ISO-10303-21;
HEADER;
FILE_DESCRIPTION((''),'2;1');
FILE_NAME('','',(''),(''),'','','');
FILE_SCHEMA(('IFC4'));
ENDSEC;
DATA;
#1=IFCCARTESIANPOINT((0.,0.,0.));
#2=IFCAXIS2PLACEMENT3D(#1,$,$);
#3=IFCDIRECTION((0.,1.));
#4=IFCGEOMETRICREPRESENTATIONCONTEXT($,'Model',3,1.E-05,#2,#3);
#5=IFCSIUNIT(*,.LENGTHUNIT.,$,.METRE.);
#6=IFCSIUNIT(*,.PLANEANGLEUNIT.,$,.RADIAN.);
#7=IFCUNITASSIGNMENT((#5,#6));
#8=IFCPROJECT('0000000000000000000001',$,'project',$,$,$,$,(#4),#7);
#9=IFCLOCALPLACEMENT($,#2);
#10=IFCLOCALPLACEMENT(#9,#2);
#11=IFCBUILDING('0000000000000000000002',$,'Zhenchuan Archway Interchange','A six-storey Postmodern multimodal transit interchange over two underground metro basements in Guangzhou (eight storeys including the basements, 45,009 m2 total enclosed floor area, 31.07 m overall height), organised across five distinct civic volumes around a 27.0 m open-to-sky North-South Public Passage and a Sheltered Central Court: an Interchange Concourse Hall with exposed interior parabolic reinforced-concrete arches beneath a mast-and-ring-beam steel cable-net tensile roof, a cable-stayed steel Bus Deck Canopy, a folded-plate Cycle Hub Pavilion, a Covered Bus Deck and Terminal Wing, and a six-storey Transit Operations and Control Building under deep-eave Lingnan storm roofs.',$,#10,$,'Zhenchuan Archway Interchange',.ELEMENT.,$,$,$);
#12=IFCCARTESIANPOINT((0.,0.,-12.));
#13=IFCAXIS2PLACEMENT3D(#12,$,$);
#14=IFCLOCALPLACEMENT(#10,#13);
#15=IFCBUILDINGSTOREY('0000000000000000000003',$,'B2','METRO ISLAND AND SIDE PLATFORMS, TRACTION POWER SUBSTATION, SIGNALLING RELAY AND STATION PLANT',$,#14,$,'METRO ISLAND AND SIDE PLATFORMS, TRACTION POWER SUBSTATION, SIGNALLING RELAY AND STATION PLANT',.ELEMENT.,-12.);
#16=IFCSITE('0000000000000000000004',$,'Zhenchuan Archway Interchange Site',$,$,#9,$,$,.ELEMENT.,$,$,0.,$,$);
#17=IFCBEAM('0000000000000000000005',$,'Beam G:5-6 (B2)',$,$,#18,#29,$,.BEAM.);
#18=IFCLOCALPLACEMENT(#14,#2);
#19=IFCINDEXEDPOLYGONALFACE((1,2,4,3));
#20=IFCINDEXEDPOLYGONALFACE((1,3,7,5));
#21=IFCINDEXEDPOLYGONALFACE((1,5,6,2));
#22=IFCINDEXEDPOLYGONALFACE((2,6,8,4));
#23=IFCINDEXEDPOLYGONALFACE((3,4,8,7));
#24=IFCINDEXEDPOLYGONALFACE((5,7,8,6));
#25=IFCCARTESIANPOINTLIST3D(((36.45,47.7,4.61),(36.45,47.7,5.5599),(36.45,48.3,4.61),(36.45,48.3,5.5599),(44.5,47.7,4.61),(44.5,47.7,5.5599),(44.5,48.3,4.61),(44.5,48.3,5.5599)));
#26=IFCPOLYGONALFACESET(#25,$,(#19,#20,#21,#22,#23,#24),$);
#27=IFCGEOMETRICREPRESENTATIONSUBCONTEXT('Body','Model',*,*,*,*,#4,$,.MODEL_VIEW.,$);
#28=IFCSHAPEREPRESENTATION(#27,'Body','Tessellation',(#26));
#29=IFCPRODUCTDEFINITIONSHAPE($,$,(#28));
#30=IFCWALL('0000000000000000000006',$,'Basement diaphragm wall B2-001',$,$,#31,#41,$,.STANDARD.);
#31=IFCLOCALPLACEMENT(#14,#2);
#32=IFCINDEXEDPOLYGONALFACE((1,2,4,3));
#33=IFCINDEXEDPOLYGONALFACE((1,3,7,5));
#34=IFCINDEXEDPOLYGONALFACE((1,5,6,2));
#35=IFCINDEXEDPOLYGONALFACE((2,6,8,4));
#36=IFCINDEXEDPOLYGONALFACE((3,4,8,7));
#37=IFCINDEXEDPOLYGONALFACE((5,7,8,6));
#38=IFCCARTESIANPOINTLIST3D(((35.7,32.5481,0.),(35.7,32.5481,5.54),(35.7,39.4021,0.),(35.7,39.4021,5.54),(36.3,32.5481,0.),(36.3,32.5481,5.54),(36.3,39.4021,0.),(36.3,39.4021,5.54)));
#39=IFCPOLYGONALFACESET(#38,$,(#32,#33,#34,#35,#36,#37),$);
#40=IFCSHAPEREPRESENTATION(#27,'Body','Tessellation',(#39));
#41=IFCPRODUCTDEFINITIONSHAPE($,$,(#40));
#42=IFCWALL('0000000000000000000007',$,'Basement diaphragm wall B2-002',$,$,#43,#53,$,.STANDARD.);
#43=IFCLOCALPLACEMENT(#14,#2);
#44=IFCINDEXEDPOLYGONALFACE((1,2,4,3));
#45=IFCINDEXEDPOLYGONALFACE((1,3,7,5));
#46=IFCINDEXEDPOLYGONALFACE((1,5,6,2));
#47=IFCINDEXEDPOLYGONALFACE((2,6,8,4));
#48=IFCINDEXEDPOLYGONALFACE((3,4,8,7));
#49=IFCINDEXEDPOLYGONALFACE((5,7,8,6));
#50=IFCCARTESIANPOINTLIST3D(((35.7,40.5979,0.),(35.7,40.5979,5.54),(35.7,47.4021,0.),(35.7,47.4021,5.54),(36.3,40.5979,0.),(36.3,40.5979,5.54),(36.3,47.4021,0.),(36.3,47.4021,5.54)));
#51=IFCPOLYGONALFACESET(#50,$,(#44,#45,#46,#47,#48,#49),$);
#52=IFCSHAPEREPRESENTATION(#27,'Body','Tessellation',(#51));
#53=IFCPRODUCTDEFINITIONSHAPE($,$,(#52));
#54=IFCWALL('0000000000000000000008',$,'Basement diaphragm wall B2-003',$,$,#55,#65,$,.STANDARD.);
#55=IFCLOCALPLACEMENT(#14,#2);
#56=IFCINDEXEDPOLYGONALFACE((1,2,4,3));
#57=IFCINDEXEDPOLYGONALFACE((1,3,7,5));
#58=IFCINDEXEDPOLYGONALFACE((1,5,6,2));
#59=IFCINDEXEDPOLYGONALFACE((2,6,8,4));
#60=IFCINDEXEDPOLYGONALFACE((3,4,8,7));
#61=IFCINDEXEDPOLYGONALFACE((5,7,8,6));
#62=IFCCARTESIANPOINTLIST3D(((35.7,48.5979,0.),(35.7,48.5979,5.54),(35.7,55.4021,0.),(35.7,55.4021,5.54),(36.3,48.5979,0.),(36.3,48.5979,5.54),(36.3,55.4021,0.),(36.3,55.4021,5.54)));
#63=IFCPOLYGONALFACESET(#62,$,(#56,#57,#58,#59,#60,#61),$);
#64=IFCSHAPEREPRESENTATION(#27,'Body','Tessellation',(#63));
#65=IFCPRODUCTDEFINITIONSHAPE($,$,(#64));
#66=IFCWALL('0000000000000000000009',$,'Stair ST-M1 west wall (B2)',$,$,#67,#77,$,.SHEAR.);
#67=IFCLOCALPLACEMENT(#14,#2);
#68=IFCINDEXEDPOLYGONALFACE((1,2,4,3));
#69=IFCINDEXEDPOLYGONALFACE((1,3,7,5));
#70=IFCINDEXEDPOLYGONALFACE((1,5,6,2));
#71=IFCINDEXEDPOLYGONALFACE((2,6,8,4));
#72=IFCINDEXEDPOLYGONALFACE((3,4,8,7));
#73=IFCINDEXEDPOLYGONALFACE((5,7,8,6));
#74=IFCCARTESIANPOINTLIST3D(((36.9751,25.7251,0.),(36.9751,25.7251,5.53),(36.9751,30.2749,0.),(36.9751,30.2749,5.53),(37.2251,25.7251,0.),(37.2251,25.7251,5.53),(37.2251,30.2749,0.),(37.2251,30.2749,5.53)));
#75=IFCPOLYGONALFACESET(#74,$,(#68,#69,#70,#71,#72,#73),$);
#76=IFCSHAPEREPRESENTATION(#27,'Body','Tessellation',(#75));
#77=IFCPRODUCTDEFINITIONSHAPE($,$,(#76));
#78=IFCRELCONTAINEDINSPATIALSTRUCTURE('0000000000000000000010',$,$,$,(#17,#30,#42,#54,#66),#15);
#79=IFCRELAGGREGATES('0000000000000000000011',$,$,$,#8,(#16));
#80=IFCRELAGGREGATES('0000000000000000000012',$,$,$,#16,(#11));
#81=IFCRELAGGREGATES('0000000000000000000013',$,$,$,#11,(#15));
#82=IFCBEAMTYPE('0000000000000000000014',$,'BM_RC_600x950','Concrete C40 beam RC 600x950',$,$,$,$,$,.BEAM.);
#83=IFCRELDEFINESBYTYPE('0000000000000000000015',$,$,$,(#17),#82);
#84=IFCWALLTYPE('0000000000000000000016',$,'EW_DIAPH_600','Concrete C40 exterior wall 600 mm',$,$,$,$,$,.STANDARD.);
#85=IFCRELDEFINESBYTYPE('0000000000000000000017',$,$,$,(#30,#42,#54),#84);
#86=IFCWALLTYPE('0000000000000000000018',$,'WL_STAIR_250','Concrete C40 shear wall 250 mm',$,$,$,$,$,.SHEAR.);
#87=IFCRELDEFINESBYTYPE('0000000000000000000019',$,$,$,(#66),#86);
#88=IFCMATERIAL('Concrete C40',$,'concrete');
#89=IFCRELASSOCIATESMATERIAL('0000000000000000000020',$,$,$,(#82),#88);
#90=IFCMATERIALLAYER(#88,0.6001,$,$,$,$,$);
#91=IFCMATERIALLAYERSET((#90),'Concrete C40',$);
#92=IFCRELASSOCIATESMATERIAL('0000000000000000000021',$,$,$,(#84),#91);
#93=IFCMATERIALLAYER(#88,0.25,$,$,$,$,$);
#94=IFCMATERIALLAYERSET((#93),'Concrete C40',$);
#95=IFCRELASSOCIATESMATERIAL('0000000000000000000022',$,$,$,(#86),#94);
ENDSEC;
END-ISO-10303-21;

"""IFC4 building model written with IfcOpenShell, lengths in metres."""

from ifc_helpers import new_model, si_unit, direction, frame, frame_2d, origin, origin_2d, place, context, subcontext, project, spatial, rectangle, extrude, material, layer, layer_set, material_profile, profile_set, type_object, element, save


model = new_model("IFC4")

# Units and contexts
model_context = context("Model", 3, precision=1e-05, world=origin(), true_north=direction((0.0, 1.0)))
body_context = subcontext(model_context, "Body", "Model", "MODEL_VIEW")
ifc_project = project(units=[si_unit("LENGTHUNIT", "METRE"), si_unit("PLANEANGLEUNIT", "RADIAN")], contexts=[model_context])

# Site, building, storey
site_placement = place(None, origin())
site = spatial("IfcSite", under=ifc_project, at=site_placement, Name="Zhenchuan Archway Interchange Site", CompositionType="ELEMENT", RefElevation=0.0)
building_placement = place(site_placement, origin())
building = spatial("IfcBuilding", under=site, at=building_placement, Name="Zhenchuan Archway Interchange", Description="A six-storey Postmodern multimodal transit interchange over two underground metro basements in Guangzhou (eight storeys including the basements, 45,009 m2 total enclosed floor area, 31.07 m overall height), organised across five distinct civic volumes around a 27.0 m open-to-sky North-South Public Passage and a Sheltered Central Court: an Interchange Concourse Hall with exposed interior parabolic reinforced-concrete arches beneath a mast-and-ring-beam steel cable-net tensile roof, a cable-stayed steel Bus Deck Canopy, a folded-plate Cycle Hub Pavilion, a Covered Bus Deck and Terminal Wing, and a six-storey Transit Operations and Control Building under deep-eave Lingnan storm roofs.", LongName="Zhenchuan Archway Interchange", CompositionType="ELEMENT")
storey_placement = place(building_placement, frame((0.0, 0.0, -12.0)))
storey = spatial("IfcBuildingStorey", under=building, at=storey_placement, Name="B2", Description="METRO ISLAND AND SIDE PLATFORMS, TRACTION POWER SUBSTATION, SIGNALLING RELAY AND STATION PLANT", LongName="METRO ISLAND AND SIDE PLATFORMS, TRACTION POWER SUBSTATION, SIGNALLING RELAY AND STATION PLANT", CompositionType="ELEMENT", Elevation=-12.0)

# Shared definitions
ifc_material_1 = material(Name="Concrete C40", Category="concrete")

# Beam
ifc_material_profile_1 = material_profile(ifc_material_1, rectangle(XDim=0.6001, YDim=0.95, at=origin_2d()), Name="RC 600x950")
ifc_profile_set_1 = profile_set([ifc_material_profile_1], Name="Concrete C40")
beam_type_1 = type_object("IfcBeamType", Name="BM_RC_600x950", Description="Concrete C40 beam RC 600x950", PredefinedType="BEAM", material=ifc_profile_set_1)
for number, where, z_axis, x_axis, name in (
    (1, (36.45, 48.0, 5.085), (1.0, 0.0, 0.0), (0.0, 1.0, 0.0), "Beam G:5-6 (B2)"),
):
    element("IfcBeam", number, at=place(storey_placement, frame(where, z_axis=z_axis, x_axis=x_axis)), inside=storey, type_object=beam_type_1, Name=name, PredefinedType="BEAM", context=body_context, shape_type="SweptSolid", body=[
        extrude(rectangle(XDim=0.6001, YDim=0.95, at=origin_2d()), origin(), (0.0, 0.0, 1.0), 8.05),
    ])

# Walls
ifc_layer_1 = layer(ifc_material_1, 0.6001)
ifc_layer_set_1 = layer_set([ifc_layer_1], Name="Concrete C40")
wall_type_1 = type_object("IfcWallType", Name="EW_DIAPH_600", Description="Concrete C40 exterior wall 600 mm", PredefinedType="STANDARD", material=ifc_layer_set_1)
wall_1_placement = place(storey_placement, frame((36.0, 32.5481, 0.0), z_axis=(0.0, 0.0, 1.0), x_axis=(0.0, 1.0, 0.0)))
element("IfcWall", 2, at=wall_1_placement, inside=storey, type_object=wall_type_1, Name="Basement diaphragm wall B2-001", PredefinedType="STANDARD", context=body_context, shape_type="SweptSolid", body=[
    extrude(rectangle(XDim=6.854, YDim=0.6001, at=frame_2d((3.427, 0.0))), origin(), (0.0, 0.0, 1.0), 5.54),
])
for number, where, z_axis, x_axis, name in (
    (3, (36.0, 40.5979, 0.0), (0.0, 0.0, 1.0), (0.0, 1.0, 0.0), "Basement diaphragm wall B2-002"),
    (4, (36.0, 48.5979, 0.0), (0.0, 0.0, 1.0), (0.0, 1.0, 0.0), "Basement diaphragm wall B2-003"),
):
    element("IfcWall", number, at=place(storey_placement, frame(where, z_axis=z_axis, x_axis=x_axis)), inside=storey, type_object=wall_type_1, Name=name, PredefinedType="STANDARD", context=body_context, shape_type="SweptSolid", body=[
        extrude(rectangle(XDim=6.8042, YDim=0.6001, at=frame_2d((3.4021, 0.0))), origin(), (0.0, 0.0, 1.0), 5.54),
    ])
ifc_layer_2 = layer(ifc_material_1, 0.25)
ifc_layer_set_2 = layer_set([ifc_layer_2], Name="Concrete C40")
wall_type_2 = type_object("IfcWallType", Name="WL_STAIR_250", Description="Concrete C40 shear wall 250 mm", PredefinedType="SHEAR", material=ifc_layer_set_2)
wall_2_placement = place(storey_placement, frame((37.1001, 30.2749, 0.0), z_axis=(0.0, 0.0, 1.0), x_axis=(0.0, -1.0, 0.0)))
element("IfcWall", 5, at=wall_2_placement, inside=storey, type_object=wall_type_2, Name="Stair ST-M1 west wall (B2)", PredefinedType="SHEAR", context=body_context, shape_type="SweptSolid", body=[
    extrude(rectangle(XDim=4.5498, YDim=0.25, at=frame_2d((2.2749, 0.0))), origin(), (0.0, 0.0, 1.0), 5.53),
])

save(model, "model.ifc")
